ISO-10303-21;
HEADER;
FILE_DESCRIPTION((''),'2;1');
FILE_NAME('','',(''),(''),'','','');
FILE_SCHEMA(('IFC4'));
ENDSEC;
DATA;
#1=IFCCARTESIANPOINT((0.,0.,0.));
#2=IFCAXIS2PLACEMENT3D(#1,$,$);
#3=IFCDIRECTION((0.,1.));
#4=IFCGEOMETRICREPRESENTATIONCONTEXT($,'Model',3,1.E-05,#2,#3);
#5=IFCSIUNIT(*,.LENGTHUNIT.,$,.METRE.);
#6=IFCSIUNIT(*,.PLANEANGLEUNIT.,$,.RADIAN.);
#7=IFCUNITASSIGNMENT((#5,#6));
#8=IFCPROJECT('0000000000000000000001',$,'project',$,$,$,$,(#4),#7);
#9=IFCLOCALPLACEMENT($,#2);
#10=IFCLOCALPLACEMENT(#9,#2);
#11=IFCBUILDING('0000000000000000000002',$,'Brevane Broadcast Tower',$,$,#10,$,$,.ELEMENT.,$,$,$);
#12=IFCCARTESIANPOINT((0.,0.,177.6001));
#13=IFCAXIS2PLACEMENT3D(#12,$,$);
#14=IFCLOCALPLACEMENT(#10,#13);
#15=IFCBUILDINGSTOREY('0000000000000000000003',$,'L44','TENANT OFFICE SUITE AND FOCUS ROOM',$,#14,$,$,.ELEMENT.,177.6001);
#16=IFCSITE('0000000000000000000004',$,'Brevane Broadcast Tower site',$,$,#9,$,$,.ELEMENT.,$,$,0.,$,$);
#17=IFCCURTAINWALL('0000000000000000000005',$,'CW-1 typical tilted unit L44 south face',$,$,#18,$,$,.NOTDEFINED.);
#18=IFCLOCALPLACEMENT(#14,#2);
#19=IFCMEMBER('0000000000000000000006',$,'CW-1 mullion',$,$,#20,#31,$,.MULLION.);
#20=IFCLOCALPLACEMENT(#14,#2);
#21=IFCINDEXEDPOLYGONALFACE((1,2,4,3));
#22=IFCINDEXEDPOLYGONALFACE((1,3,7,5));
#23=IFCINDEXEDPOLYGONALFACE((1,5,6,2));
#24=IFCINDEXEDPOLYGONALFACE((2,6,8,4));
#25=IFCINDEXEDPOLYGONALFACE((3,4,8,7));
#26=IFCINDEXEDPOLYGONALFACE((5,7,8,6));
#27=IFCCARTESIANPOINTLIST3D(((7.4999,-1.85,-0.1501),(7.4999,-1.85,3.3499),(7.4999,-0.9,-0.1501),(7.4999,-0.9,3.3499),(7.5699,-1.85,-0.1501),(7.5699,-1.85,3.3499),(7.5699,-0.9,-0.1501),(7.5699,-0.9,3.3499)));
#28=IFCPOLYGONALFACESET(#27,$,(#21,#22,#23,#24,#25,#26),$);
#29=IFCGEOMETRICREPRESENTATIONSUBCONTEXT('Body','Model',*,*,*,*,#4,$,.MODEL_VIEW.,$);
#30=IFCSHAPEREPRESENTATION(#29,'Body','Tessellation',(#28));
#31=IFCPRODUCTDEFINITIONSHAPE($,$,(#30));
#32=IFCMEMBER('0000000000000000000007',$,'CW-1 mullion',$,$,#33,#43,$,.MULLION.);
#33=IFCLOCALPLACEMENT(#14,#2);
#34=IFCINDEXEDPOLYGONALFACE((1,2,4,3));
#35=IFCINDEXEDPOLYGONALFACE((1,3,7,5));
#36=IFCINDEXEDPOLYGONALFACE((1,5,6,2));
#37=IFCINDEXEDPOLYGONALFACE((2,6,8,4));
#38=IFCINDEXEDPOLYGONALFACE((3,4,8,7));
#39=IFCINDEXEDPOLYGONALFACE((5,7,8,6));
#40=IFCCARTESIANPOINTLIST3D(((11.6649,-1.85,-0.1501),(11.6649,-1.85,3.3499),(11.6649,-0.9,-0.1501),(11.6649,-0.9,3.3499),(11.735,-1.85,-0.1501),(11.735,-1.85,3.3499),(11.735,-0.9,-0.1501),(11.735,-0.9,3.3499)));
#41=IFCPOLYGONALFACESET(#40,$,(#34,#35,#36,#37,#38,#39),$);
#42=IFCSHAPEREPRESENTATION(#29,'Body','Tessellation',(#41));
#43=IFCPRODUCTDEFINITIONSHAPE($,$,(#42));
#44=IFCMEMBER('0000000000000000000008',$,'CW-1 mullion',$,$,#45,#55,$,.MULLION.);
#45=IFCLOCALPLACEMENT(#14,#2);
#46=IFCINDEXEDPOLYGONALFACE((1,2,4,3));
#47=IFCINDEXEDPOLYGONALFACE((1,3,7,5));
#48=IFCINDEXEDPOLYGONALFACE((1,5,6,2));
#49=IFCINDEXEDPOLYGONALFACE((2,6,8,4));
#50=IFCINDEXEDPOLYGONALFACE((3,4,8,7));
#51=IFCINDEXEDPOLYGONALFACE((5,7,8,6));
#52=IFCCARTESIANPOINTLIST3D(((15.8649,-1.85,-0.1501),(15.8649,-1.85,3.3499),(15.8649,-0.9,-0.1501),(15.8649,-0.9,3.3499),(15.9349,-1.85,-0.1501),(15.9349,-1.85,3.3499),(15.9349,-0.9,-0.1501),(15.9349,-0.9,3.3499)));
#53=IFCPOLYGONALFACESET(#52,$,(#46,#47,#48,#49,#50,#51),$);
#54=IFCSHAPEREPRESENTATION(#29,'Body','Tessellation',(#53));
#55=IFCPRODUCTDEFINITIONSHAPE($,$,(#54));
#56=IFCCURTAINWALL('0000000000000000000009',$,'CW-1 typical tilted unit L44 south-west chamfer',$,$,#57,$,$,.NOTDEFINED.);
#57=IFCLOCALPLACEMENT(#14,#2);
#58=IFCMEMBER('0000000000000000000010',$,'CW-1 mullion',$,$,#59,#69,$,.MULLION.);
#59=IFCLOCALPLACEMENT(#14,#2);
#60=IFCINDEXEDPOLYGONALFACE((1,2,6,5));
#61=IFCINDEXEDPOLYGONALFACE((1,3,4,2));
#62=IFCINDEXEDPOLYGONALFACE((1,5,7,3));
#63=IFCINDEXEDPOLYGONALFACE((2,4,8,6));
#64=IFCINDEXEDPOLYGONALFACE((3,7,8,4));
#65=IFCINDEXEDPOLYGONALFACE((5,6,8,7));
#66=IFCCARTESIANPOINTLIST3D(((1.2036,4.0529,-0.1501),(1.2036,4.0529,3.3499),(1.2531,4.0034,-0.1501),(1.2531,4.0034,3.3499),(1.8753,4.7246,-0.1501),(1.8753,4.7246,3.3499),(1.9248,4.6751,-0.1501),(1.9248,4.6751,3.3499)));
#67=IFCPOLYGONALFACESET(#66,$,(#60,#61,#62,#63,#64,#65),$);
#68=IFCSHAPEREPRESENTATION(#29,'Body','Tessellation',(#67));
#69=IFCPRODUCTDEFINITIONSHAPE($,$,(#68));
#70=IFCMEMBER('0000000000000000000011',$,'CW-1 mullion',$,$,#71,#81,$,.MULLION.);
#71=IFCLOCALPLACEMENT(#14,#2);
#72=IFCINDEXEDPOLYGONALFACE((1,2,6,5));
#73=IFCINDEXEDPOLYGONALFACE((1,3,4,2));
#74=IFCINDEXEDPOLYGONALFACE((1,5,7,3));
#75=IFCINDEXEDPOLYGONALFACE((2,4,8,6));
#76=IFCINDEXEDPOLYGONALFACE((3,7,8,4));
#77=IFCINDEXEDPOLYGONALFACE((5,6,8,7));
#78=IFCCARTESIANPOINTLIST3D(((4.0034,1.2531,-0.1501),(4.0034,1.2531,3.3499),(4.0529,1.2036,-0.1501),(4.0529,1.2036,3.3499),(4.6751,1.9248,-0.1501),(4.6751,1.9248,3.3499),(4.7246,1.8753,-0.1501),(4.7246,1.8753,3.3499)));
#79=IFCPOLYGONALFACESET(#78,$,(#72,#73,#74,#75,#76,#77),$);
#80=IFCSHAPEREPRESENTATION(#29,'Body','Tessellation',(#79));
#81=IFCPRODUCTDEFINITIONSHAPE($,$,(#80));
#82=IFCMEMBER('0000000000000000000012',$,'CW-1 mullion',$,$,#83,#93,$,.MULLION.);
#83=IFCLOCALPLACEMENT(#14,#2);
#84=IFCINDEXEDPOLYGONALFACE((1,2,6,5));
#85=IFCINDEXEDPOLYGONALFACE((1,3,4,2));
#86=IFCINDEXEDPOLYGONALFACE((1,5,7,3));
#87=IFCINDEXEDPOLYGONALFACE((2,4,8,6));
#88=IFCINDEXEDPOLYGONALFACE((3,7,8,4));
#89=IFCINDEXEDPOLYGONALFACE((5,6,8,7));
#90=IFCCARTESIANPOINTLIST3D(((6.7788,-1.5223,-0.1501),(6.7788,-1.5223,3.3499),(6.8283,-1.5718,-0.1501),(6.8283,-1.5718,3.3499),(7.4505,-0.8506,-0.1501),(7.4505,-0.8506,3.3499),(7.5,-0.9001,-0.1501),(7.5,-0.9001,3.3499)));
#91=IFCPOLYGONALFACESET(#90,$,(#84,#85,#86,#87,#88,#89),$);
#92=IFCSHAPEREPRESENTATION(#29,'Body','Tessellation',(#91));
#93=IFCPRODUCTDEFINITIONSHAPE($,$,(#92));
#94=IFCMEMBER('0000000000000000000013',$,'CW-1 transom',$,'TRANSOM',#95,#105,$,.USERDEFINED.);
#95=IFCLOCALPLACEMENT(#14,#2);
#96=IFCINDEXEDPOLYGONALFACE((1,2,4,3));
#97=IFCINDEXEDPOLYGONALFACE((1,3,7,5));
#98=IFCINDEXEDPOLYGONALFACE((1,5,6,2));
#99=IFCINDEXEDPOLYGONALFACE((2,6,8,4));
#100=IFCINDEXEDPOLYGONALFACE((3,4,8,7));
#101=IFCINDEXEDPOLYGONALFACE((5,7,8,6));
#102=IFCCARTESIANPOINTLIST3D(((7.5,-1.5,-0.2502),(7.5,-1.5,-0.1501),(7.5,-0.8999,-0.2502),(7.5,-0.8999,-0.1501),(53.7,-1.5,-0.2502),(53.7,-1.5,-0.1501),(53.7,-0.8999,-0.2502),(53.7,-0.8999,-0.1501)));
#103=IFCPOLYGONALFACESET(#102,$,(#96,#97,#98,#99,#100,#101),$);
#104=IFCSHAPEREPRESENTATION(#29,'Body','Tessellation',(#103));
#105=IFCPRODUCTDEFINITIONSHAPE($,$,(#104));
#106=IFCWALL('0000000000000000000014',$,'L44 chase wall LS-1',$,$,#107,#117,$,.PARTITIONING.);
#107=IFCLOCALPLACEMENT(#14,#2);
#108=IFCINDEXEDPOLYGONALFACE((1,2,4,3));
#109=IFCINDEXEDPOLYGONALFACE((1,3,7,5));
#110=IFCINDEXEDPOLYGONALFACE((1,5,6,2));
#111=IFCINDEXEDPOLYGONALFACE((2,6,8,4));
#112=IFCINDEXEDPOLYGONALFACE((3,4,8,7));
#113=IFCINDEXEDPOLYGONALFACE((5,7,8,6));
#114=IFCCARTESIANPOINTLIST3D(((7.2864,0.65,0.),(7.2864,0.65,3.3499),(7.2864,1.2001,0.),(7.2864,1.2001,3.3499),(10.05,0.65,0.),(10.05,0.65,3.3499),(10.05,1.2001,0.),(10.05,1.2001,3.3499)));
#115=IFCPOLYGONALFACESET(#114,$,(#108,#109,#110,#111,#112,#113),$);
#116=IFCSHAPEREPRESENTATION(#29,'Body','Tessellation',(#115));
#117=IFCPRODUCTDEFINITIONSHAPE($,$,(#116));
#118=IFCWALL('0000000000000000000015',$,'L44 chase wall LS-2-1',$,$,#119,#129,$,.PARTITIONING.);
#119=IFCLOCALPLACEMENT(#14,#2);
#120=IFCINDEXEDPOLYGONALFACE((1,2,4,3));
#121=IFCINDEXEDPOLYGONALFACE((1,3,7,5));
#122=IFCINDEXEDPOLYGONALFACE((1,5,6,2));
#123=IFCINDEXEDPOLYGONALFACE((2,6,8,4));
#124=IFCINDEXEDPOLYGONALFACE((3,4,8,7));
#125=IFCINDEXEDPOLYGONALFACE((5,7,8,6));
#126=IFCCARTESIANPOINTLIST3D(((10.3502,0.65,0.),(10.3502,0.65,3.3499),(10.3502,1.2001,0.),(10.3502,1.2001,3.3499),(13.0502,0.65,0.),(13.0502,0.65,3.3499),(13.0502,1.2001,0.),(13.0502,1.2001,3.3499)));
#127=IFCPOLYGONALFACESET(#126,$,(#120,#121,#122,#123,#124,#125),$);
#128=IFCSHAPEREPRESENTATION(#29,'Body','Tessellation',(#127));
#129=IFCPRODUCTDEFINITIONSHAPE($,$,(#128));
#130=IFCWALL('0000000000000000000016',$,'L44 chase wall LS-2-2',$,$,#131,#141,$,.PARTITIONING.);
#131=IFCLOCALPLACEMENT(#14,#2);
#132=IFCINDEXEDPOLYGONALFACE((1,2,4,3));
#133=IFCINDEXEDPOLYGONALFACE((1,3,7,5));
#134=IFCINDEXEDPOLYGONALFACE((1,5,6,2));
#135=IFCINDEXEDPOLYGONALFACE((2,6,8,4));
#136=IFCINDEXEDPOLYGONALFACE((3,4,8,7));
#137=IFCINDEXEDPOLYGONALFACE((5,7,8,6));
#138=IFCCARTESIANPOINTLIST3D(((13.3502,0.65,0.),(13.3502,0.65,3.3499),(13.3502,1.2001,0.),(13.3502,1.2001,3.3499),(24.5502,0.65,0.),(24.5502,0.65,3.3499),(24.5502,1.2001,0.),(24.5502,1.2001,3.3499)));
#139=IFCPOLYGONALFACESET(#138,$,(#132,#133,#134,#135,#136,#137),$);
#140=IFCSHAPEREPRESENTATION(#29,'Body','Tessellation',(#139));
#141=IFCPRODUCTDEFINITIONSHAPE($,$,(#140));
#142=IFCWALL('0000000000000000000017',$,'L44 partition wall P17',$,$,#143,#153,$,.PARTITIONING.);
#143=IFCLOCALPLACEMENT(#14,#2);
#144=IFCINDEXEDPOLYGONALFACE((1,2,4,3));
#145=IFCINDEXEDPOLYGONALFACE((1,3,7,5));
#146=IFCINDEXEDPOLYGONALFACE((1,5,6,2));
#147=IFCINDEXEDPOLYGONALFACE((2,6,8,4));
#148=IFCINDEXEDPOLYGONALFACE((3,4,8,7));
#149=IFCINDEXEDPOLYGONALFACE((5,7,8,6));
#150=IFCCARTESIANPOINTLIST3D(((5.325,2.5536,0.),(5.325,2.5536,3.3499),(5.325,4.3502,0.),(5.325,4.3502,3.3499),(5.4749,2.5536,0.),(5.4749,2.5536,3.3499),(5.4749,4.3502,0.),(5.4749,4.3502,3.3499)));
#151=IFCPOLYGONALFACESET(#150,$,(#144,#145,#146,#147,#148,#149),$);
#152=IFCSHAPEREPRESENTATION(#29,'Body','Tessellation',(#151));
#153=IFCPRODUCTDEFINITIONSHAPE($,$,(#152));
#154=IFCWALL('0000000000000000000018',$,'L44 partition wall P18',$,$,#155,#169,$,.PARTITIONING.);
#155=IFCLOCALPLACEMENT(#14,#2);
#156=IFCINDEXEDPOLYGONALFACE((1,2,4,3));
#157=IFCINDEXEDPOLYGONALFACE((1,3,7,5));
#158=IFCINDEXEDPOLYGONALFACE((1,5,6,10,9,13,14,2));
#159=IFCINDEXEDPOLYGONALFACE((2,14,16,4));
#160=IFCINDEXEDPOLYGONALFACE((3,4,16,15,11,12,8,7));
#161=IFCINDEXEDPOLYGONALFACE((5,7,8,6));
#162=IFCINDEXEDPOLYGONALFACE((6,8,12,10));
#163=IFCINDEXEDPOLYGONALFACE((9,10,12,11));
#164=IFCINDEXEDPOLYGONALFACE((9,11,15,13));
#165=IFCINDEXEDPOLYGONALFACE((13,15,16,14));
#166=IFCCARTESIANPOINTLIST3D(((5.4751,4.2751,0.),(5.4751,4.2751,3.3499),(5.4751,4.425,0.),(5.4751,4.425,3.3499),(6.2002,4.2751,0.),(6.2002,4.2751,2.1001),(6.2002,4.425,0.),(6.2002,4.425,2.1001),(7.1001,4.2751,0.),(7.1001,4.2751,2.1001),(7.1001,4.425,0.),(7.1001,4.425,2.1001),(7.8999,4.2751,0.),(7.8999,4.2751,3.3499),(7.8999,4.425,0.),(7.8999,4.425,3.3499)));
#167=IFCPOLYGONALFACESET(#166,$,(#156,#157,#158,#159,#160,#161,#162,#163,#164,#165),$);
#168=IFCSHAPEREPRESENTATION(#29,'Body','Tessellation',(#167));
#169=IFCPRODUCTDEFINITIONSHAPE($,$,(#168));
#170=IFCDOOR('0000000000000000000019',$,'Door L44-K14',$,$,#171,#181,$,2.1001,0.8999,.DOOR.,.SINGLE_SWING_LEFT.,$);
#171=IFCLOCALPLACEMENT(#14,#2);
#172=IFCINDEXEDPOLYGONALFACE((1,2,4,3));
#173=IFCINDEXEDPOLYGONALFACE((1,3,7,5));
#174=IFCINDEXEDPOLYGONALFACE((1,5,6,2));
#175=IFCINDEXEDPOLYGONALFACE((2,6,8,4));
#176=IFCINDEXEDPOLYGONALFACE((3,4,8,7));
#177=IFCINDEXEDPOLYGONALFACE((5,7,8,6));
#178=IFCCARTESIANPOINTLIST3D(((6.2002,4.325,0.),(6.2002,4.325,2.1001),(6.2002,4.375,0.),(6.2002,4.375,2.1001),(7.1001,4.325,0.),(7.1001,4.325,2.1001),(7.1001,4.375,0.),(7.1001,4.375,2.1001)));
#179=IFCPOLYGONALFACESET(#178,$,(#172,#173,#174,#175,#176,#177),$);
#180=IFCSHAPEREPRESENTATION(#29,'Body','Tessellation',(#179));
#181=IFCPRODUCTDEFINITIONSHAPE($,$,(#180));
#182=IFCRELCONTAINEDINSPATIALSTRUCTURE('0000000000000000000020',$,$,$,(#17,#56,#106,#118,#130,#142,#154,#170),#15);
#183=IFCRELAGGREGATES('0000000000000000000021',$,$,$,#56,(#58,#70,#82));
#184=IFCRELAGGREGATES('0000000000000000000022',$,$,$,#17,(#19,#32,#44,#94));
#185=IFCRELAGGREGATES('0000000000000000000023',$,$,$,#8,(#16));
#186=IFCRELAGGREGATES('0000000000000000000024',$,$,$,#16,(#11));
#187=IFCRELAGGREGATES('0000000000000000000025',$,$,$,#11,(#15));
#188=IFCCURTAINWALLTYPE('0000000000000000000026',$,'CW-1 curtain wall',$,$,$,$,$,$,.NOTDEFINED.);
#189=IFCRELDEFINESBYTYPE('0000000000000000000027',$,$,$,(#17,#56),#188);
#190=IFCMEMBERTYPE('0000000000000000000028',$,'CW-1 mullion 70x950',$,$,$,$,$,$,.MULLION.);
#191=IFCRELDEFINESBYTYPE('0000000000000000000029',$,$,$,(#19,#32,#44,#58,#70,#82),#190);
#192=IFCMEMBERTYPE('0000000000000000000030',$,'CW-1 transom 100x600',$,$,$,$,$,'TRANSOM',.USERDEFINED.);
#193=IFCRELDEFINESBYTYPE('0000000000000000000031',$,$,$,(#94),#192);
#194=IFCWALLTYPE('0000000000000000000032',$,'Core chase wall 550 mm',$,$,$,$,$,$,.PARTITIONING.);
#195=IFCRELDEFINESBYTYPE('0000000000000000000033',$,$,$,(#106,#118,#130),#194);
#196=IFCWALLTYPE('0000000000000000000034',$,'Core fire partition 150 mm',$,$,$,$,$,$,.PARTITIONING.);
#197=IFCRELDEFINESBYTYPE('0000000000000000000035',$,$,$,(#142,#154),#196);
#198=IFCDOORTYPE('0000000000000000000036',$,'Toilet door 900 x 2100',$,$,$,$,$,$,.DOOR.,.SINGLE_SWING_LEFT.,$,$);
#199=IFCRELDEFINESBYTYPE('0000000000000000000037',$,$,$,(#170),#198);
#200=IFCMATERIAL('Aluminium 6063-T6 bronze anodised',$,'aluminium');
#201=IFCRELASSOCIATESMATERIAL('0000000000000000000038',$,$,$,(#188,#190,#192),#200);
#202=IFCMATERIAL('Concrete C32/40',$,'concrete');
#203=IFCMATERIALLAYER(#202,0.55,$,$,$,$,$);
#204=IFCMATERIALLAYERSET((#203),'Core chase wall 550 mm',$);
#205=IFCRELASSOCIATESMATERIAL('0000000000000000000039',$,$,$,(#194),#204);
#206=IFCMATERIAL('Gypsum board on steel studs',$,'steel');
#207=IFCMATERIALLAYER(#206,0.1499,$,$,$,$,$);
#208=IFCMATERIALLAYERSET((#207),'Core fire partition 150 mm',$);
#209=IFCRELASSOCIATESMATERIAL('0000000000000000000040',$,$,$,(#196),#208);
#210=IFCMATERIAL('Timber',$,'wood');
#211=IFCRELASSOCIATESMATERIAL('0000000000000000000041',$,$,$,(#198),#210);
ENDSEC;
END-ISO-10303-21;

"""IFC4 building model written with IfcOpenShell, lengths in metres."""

from ifc_helpers import new_model, si_unit, direction, frame, frame_2d, origin, origin_2d, place, context, subcontext, project, spatial, rectangle, extrude, material, layer, layer_set, material_profile, profile_set, type_object, element, fill, aggregate, save


model = new_model("IFC4")

# Units and contexts
model_context = context("Model", 3, precision=1e-05, world=origin(), true_north=direction((0.0, 1.0)))
body_context = subcontext(model_context, "Body", "Model", "MODEL_VIEW")
ifc_project = project(units=[si_unit("LENGTHUNIT", "METRE"), si_unit("PLANEANGLEUNIT", "RADIAN")], contexts=[model_context])

# Site, building, storey
site_placement = place(None, origin())
site = spatial("IfcSite", under=ifc_project, at=site_placement, Name="Brevane Broadcast Tower site", CompositionType="ELEMENT", RefElevation=0.0)
building_placement = place(site_placement, origin())
building = spatial("IfcBuilding", under=site, at=building_placement, Name="Brevane Broadcast Tower", CompositionType="ELEMENT")
storey_placement = place(building_placement, frame((0.0, 0.0, 177.6001)))
storey = spatial("IfcBuildingStorey", under=building, at=storey_placement, Name="L44", Description="TENANT OFFICE SUITE AND FOCUS ROOM", CompositionType="ELEMENT", Elevation=177.6001)

# Curtain walls, members
ifc_material_1 = material(Name="Aluminium 6063-T6 bronze anodised", Category="aluminium")
curtain_wall_type = type_object("IfcCurtainWallType", Name="CW-1 curtain wall", PredefinedType="NOTDEFINED", material=ifc_material_1)
curtain_wall_1_placement = place(storey_placement, origin())
curtain_wall_1 = element("IfcCurtainWall", 1, at=curtain_wall_1_placement, inside=storey, type_object=curtain_wall_type, Name="CW-1 typical tilted unit L44 south face", PredefinedType="NOTDEFINED")
ifc_material_profile_1 = material_profile(ifc_material_1, rectangle(XDim=0.95, YDim=0.0701, at=origin_2d()), Name="RECT 70x950")
ifc_profile_set_1 = profile_set([ifc_material_profile_1], Name="Aluminium 6063-T6 bronze anodised")
member_type_1 = type_object("IfcMemberType", Name="CW-1 mullion 70x950", PredefinedType="MULLION", material=ifc_profile_set_1)
member_1_placement = place(storey_placement, frame((7.5349, -1.375, -0.1501), z_axis=(0.0, 0.0, 1.0), x_axis=(0.0, 1.0, 0.0)))
member_1 = element("IfcMember", 2, at=member_1_placement, type_object=member_type_1, Name="CW-1 mullion", PredefinedType="MULLION", context=body_context, shape_type="SweptSolid", body=[
    extrude(rectangle(XDim=0.95, YDim=0.0701, at=origin_2d()), origin(), (0.0, 0.0, 1.0), 3.5),
])
member_2_placement = place(storey_placement, frame((11.7, -1.375, -0.1501), z_axis=(0.0, 0.0, 1.0), x_axis=(0.0, 1.0, 0.0)))
member_2 = element("IfcMember", 3, at=member_2_placement, type_object=member_type_1, Name="CW-1 mullion", PredefinedType="MULLION", context=body_context, shape_type="SweptSolid", body=[
    extrude(rectangle(XDim=0.95, YDim=0.0701, at=origin_2d()), origin(), (0.0, 0.0, 1.0), 3.5),
])
member_3_placement = place(storey_placement, frame((15.8999, -1.375, -0.1501), z_axis=(0.0, 0.0, 1.0), x_axis=(0.0, 1.0, 0.0)))
member_3 = element("IfcMember", 4, at=member_3_placement, type_object=member_type_1, Name="CW-1 mullion", PredefinedType="MULLION", context=body_context, shape_type="SweptSolid", body=[
    extrude(rectangle(XDim=0.95, YDim=0.0701, at=origin_2d()), origin(), (0.0, 0.0, 1.0), 3.5),
])
curtain_wall_2_placement = place(storey_placement, origin())
curtain_wall_2 = element("IfcCurtainWall", 5, at=curtain_wall_2_placement, inside=storey, type_object=curtain_wall_type, Name="CW-1 typical tilted unit L44 south-west chamfer", PredefinedType="NOTDEFINED")
member_4_placement = place(storey_placement, frame((1.5642, 4.364, -0.1501), z_axis=(0.0, 0.0, 1.0), x_axis=(0.707107, 0.707107, 0.0)))
member_4 = element("IfcMember", 6, at=member_4_placement, type_object=member_type_1, Name="CW-1 mullion", PredefinedType="MULLION", context=body_context, shape_type="SweptSolid", body=[
    extrude(rectangle(XDim=0.95, YDim=0.0701, at=origin_2d()), origin(), (0.0, 0.0, 1.0), 3.5),
])
member_5_placement = place(storey_placement, frame((4.364, 1.5642, -0.1501), z_axis=(0.0, 0.0, 1.0), x_axis=(0.707107, 0.707107, 0.0)))
member_5 = element("IfcMember", 7, at=member_5_placement, type_object=member_type_1, Name="CW-1 mullion", PredefinedType="MULLION", context=body_context, shape_type="SweptSolid", body=[
    extrude(rectangle(XDim=0.95, YDim=0.0701, at=origin_2d()), origin(), (0.0, 0.0, 1.0), 3.5),
])
member_6_placement = place(storey_placement, frame((7.1394, -1.2112, -0.1501), z_axis=(0.0, 0.0, 1.0), x_axis=(0.707107, 0.707107, 0.0)))
member_6 = element("IfcMember", 8, at=member_6_placement, type_object=member_type_1, Name="CW-1 mullion", PredefinedType="MULLION", context=body_context, shape_type="SweptSolid", body=[
    extrude(rectangle(XDim=0.95, YDim=0.0701, at=origin_2d()), origin(), (0.0, 0.0, 1.0), 3.5),
])
aggregate(curtain_wall_2, [member_4, member_5, member_6])

# Member
ifc_material_profile_2 = material_profile(ifc_material_1, rectangle(XDim=0.6001, YDim=0.1001, at=origin_2d()), Name="RECT 100x600")
ifc_profile_set_2 = profile_set([ifc_material_profile_2], Name="Aluminium 6063-T6 bronze anodised")
member_type_2 = type_object("IfcMemberType", Name="CW-1 transom 100x600", ElementType="TRANSOM", PredefinedType="USERDEFINED", material=ifc_profile_set_2)
member_7_placement = place(storey_placement, frame((7.5, -1.2, -0.2002), z_axis=(1.0, 0.0, 0.0), x_axis=(0.0, 1.0, 0.0)))
member_7 = element("IfcMember", 9, at=member_7_placement, type_object=member_type_2, Name="CW-1 transom", ObjectType="TRANSOM", PredefinedType="USERDEFINED", context=body_context, shape_type="SweptSolid", body=[
    extrude(rectangle(XDim=0.6001, YDim=0.1001, at=origin_2d()), origin(), (0.0, 0.0, 1.0), 46.2),
])
aggregate(curtain_wall_1, [member_1, member_2, member_3, member_7])

# Walls
ifc_material_2 = material(Name="Concrete C32/40", Category="concrete")
ifc_layer_1 = layer(ifc_material_2, 0.55)
ifc_layer_set_1 = layer_set([ifc_layer_1], Name="Core chase wall 550 mm")
wall_type_1 = type_object("IfcWallType", Name="Core chase wall 550 mm", PredefinedType="PARTITIONING", material=ifc_layer_set_1)
wall_1_placement = place(storey_placement, frame((7.2864, 0.925, 0.0), z_axis=(0.0, 0.0, 1.0), x_axis=(1.0, 0.0, 0.0)))
element("IfcWall", 10, at=wall_1_placement, inside=storey, type_object=wall_type_1, Name="L44 chase wall LS-1", PredefinedType="PARTITIONING", context=body_context, shape_type="SweptSolid", body=[
    extrude(rectangle(XDim=2.7637, YDim=0.55, at=frame_2d((1.3818, 0.0))), origin(), (0.0, 0.0, 1.0), 3.3499),
])
wall_2_placement = place(storey_placement, frame((10.3501, 0.925, 0.0), z_axis=(0.0, 0.0, 1.0), x_axis=(1.0, 0.0, 0.0)))
element("IfcWall", 11, at=wall_2_placement, inside=storey, type_object=wall_type_1, Name="L44 chase wall LS-2-1", PredefinedType="PARTITIONING", context=body_context, shape_type="SweptSolid", body=[
    extrude(rectangle(XDim=2.7, YDim=0.55, at=frame_2d((1.3501, 0.0))), origin(), (0.0, 0.0, 1.0), 3.3499),
])
wall_3_placement = place(storey_placement, frame((13.3501, 0.925, 0.0), z_axis=(0.0, 0.0, 1.0), x_axis=(1.0, 0.0, 0.0)))
element("IfcWall", 12, at=wall_3_placement, inside=storey, type_object=wall_type_1, Name="L44 chase wall LS-2-2", PredefinedType="PARTITIONING", context=body_context, shape_type="SweptSolid", body=[
    extrude(rectangle(XDim=11.2, YDim=0.55, at=frame_2d((5.6001, 0.0))), origin(), (0.0, 0.0, 1.0), 3.3499),
])
ifc_material_3 = material(Name="Gypsum board on steel studs", Category="steel")
ifc_layer_2 = layer(ifc_material_3, 0.1499)
ifc_layer_set_2 = layer_set([ifc_layer_2], Name="Core fire partition 150 mm")
wall_type_2 = type_object("IfcWallType", Name="Core fire partition 150 mm", PredefinedType="PARTITIONING", material=ifc_layer_set_2)
wall_4_placement = place(storey_placement, frame((5.3999, 2.5535, 0.0), z_axis=(0.0, 0.0, 1.0), x_axis=(0.0, 1.0, 0.0)))
element("IfcWall", 13, at=wall_4_placement, inside=storey, type_object=wall_type_2, Name="L44 partition wall P17", PredefinedType="PARTITIONING", context=body_context, shape_type="SweptSolid", body=[
    extrude(rectangle(XDim=1.7966, YDim=0.1499, at=frame_2d((0.8984, 0.0))), origin(), (0.0, 0.0, 1.0), 3.3499),
])

# Wall, opening, door
wall_5_placement = place(storey_placement, frame((5.4751, 4.3501, 0.0), z_axis=(0.0, 0.0, 1.0), x_axis=(1.0, 0.0, 0.0)))
wall_5 = element("IfcWall", 14, at=wall_5_placement, inside=storey, type_object=wall_type_2, Name="L44 partition wall P18", PredefinedType="PARTITIONING", context=body_context, shape_type="SweptSolid", body=[
    extrude(rectangle(XDim=2.4248, YDim=0.1499, at=frame_2d((1.2124, 0.0))), origin(), (0.0, 0.0, 1.0), 3.3499),
])
opening_1_placement = place(wall_5_placement, frame((0.7251, 0.0, 0.0)))
opening_1 = element("IfcOpeningElement", 15, at=opening_1_placement, cuts=wall_5, PredefinedType="OPENING", context=body_context, shape_type="SweptSolid", body=[
    extrude(rectangle(XDim=0.8999, YDim=2.1001, at=frame_2d((0.45, 1.05))), frame((0.0, 0.085, 0.0), z_axis=(0.0, -1.0, 0.0), x_axis=(1.0, 0.0, 0.0)), (0.0, 0.0, 1.0), 0.1699),
])
ifc_material_4 = material(Name="Timber", Category="wood")
door_type_1 = type_object("IfcDoorType", Name="Toilet door 900 x 2100", OperationType="SINGLE_SWING_LEFT", PredefinedType="DOOR", material=ifc_material_4)
door_1_placement = place(opening_1_placement, origin())
door_1 = element("IfcDoor", 16, at=door_1_placement, inside=storey, type_object=door_type_1, Name="Door L44-K14", OperationType="SINGLE_SWING_LEFT", OverallHeight=2.1001, OverallWidth=0.8999, PredefinedType="DOOR", context=body_context, shape_type="SweptSolid", body=[
    extrude(rectangle(XDim=0.8999, YDim=2.1001, at=frame_2d((0.45, 1.05))), frame((0.0, 0.0249, 0.0), z_axis=(0.0, -1.0, 0.0), x_axis=(1.0, 0.0, 0.0)), (0.0, 0.0, 1.0), 0.05),
])
fill(opening_1, door_1)

save(model, "model.ifc")
